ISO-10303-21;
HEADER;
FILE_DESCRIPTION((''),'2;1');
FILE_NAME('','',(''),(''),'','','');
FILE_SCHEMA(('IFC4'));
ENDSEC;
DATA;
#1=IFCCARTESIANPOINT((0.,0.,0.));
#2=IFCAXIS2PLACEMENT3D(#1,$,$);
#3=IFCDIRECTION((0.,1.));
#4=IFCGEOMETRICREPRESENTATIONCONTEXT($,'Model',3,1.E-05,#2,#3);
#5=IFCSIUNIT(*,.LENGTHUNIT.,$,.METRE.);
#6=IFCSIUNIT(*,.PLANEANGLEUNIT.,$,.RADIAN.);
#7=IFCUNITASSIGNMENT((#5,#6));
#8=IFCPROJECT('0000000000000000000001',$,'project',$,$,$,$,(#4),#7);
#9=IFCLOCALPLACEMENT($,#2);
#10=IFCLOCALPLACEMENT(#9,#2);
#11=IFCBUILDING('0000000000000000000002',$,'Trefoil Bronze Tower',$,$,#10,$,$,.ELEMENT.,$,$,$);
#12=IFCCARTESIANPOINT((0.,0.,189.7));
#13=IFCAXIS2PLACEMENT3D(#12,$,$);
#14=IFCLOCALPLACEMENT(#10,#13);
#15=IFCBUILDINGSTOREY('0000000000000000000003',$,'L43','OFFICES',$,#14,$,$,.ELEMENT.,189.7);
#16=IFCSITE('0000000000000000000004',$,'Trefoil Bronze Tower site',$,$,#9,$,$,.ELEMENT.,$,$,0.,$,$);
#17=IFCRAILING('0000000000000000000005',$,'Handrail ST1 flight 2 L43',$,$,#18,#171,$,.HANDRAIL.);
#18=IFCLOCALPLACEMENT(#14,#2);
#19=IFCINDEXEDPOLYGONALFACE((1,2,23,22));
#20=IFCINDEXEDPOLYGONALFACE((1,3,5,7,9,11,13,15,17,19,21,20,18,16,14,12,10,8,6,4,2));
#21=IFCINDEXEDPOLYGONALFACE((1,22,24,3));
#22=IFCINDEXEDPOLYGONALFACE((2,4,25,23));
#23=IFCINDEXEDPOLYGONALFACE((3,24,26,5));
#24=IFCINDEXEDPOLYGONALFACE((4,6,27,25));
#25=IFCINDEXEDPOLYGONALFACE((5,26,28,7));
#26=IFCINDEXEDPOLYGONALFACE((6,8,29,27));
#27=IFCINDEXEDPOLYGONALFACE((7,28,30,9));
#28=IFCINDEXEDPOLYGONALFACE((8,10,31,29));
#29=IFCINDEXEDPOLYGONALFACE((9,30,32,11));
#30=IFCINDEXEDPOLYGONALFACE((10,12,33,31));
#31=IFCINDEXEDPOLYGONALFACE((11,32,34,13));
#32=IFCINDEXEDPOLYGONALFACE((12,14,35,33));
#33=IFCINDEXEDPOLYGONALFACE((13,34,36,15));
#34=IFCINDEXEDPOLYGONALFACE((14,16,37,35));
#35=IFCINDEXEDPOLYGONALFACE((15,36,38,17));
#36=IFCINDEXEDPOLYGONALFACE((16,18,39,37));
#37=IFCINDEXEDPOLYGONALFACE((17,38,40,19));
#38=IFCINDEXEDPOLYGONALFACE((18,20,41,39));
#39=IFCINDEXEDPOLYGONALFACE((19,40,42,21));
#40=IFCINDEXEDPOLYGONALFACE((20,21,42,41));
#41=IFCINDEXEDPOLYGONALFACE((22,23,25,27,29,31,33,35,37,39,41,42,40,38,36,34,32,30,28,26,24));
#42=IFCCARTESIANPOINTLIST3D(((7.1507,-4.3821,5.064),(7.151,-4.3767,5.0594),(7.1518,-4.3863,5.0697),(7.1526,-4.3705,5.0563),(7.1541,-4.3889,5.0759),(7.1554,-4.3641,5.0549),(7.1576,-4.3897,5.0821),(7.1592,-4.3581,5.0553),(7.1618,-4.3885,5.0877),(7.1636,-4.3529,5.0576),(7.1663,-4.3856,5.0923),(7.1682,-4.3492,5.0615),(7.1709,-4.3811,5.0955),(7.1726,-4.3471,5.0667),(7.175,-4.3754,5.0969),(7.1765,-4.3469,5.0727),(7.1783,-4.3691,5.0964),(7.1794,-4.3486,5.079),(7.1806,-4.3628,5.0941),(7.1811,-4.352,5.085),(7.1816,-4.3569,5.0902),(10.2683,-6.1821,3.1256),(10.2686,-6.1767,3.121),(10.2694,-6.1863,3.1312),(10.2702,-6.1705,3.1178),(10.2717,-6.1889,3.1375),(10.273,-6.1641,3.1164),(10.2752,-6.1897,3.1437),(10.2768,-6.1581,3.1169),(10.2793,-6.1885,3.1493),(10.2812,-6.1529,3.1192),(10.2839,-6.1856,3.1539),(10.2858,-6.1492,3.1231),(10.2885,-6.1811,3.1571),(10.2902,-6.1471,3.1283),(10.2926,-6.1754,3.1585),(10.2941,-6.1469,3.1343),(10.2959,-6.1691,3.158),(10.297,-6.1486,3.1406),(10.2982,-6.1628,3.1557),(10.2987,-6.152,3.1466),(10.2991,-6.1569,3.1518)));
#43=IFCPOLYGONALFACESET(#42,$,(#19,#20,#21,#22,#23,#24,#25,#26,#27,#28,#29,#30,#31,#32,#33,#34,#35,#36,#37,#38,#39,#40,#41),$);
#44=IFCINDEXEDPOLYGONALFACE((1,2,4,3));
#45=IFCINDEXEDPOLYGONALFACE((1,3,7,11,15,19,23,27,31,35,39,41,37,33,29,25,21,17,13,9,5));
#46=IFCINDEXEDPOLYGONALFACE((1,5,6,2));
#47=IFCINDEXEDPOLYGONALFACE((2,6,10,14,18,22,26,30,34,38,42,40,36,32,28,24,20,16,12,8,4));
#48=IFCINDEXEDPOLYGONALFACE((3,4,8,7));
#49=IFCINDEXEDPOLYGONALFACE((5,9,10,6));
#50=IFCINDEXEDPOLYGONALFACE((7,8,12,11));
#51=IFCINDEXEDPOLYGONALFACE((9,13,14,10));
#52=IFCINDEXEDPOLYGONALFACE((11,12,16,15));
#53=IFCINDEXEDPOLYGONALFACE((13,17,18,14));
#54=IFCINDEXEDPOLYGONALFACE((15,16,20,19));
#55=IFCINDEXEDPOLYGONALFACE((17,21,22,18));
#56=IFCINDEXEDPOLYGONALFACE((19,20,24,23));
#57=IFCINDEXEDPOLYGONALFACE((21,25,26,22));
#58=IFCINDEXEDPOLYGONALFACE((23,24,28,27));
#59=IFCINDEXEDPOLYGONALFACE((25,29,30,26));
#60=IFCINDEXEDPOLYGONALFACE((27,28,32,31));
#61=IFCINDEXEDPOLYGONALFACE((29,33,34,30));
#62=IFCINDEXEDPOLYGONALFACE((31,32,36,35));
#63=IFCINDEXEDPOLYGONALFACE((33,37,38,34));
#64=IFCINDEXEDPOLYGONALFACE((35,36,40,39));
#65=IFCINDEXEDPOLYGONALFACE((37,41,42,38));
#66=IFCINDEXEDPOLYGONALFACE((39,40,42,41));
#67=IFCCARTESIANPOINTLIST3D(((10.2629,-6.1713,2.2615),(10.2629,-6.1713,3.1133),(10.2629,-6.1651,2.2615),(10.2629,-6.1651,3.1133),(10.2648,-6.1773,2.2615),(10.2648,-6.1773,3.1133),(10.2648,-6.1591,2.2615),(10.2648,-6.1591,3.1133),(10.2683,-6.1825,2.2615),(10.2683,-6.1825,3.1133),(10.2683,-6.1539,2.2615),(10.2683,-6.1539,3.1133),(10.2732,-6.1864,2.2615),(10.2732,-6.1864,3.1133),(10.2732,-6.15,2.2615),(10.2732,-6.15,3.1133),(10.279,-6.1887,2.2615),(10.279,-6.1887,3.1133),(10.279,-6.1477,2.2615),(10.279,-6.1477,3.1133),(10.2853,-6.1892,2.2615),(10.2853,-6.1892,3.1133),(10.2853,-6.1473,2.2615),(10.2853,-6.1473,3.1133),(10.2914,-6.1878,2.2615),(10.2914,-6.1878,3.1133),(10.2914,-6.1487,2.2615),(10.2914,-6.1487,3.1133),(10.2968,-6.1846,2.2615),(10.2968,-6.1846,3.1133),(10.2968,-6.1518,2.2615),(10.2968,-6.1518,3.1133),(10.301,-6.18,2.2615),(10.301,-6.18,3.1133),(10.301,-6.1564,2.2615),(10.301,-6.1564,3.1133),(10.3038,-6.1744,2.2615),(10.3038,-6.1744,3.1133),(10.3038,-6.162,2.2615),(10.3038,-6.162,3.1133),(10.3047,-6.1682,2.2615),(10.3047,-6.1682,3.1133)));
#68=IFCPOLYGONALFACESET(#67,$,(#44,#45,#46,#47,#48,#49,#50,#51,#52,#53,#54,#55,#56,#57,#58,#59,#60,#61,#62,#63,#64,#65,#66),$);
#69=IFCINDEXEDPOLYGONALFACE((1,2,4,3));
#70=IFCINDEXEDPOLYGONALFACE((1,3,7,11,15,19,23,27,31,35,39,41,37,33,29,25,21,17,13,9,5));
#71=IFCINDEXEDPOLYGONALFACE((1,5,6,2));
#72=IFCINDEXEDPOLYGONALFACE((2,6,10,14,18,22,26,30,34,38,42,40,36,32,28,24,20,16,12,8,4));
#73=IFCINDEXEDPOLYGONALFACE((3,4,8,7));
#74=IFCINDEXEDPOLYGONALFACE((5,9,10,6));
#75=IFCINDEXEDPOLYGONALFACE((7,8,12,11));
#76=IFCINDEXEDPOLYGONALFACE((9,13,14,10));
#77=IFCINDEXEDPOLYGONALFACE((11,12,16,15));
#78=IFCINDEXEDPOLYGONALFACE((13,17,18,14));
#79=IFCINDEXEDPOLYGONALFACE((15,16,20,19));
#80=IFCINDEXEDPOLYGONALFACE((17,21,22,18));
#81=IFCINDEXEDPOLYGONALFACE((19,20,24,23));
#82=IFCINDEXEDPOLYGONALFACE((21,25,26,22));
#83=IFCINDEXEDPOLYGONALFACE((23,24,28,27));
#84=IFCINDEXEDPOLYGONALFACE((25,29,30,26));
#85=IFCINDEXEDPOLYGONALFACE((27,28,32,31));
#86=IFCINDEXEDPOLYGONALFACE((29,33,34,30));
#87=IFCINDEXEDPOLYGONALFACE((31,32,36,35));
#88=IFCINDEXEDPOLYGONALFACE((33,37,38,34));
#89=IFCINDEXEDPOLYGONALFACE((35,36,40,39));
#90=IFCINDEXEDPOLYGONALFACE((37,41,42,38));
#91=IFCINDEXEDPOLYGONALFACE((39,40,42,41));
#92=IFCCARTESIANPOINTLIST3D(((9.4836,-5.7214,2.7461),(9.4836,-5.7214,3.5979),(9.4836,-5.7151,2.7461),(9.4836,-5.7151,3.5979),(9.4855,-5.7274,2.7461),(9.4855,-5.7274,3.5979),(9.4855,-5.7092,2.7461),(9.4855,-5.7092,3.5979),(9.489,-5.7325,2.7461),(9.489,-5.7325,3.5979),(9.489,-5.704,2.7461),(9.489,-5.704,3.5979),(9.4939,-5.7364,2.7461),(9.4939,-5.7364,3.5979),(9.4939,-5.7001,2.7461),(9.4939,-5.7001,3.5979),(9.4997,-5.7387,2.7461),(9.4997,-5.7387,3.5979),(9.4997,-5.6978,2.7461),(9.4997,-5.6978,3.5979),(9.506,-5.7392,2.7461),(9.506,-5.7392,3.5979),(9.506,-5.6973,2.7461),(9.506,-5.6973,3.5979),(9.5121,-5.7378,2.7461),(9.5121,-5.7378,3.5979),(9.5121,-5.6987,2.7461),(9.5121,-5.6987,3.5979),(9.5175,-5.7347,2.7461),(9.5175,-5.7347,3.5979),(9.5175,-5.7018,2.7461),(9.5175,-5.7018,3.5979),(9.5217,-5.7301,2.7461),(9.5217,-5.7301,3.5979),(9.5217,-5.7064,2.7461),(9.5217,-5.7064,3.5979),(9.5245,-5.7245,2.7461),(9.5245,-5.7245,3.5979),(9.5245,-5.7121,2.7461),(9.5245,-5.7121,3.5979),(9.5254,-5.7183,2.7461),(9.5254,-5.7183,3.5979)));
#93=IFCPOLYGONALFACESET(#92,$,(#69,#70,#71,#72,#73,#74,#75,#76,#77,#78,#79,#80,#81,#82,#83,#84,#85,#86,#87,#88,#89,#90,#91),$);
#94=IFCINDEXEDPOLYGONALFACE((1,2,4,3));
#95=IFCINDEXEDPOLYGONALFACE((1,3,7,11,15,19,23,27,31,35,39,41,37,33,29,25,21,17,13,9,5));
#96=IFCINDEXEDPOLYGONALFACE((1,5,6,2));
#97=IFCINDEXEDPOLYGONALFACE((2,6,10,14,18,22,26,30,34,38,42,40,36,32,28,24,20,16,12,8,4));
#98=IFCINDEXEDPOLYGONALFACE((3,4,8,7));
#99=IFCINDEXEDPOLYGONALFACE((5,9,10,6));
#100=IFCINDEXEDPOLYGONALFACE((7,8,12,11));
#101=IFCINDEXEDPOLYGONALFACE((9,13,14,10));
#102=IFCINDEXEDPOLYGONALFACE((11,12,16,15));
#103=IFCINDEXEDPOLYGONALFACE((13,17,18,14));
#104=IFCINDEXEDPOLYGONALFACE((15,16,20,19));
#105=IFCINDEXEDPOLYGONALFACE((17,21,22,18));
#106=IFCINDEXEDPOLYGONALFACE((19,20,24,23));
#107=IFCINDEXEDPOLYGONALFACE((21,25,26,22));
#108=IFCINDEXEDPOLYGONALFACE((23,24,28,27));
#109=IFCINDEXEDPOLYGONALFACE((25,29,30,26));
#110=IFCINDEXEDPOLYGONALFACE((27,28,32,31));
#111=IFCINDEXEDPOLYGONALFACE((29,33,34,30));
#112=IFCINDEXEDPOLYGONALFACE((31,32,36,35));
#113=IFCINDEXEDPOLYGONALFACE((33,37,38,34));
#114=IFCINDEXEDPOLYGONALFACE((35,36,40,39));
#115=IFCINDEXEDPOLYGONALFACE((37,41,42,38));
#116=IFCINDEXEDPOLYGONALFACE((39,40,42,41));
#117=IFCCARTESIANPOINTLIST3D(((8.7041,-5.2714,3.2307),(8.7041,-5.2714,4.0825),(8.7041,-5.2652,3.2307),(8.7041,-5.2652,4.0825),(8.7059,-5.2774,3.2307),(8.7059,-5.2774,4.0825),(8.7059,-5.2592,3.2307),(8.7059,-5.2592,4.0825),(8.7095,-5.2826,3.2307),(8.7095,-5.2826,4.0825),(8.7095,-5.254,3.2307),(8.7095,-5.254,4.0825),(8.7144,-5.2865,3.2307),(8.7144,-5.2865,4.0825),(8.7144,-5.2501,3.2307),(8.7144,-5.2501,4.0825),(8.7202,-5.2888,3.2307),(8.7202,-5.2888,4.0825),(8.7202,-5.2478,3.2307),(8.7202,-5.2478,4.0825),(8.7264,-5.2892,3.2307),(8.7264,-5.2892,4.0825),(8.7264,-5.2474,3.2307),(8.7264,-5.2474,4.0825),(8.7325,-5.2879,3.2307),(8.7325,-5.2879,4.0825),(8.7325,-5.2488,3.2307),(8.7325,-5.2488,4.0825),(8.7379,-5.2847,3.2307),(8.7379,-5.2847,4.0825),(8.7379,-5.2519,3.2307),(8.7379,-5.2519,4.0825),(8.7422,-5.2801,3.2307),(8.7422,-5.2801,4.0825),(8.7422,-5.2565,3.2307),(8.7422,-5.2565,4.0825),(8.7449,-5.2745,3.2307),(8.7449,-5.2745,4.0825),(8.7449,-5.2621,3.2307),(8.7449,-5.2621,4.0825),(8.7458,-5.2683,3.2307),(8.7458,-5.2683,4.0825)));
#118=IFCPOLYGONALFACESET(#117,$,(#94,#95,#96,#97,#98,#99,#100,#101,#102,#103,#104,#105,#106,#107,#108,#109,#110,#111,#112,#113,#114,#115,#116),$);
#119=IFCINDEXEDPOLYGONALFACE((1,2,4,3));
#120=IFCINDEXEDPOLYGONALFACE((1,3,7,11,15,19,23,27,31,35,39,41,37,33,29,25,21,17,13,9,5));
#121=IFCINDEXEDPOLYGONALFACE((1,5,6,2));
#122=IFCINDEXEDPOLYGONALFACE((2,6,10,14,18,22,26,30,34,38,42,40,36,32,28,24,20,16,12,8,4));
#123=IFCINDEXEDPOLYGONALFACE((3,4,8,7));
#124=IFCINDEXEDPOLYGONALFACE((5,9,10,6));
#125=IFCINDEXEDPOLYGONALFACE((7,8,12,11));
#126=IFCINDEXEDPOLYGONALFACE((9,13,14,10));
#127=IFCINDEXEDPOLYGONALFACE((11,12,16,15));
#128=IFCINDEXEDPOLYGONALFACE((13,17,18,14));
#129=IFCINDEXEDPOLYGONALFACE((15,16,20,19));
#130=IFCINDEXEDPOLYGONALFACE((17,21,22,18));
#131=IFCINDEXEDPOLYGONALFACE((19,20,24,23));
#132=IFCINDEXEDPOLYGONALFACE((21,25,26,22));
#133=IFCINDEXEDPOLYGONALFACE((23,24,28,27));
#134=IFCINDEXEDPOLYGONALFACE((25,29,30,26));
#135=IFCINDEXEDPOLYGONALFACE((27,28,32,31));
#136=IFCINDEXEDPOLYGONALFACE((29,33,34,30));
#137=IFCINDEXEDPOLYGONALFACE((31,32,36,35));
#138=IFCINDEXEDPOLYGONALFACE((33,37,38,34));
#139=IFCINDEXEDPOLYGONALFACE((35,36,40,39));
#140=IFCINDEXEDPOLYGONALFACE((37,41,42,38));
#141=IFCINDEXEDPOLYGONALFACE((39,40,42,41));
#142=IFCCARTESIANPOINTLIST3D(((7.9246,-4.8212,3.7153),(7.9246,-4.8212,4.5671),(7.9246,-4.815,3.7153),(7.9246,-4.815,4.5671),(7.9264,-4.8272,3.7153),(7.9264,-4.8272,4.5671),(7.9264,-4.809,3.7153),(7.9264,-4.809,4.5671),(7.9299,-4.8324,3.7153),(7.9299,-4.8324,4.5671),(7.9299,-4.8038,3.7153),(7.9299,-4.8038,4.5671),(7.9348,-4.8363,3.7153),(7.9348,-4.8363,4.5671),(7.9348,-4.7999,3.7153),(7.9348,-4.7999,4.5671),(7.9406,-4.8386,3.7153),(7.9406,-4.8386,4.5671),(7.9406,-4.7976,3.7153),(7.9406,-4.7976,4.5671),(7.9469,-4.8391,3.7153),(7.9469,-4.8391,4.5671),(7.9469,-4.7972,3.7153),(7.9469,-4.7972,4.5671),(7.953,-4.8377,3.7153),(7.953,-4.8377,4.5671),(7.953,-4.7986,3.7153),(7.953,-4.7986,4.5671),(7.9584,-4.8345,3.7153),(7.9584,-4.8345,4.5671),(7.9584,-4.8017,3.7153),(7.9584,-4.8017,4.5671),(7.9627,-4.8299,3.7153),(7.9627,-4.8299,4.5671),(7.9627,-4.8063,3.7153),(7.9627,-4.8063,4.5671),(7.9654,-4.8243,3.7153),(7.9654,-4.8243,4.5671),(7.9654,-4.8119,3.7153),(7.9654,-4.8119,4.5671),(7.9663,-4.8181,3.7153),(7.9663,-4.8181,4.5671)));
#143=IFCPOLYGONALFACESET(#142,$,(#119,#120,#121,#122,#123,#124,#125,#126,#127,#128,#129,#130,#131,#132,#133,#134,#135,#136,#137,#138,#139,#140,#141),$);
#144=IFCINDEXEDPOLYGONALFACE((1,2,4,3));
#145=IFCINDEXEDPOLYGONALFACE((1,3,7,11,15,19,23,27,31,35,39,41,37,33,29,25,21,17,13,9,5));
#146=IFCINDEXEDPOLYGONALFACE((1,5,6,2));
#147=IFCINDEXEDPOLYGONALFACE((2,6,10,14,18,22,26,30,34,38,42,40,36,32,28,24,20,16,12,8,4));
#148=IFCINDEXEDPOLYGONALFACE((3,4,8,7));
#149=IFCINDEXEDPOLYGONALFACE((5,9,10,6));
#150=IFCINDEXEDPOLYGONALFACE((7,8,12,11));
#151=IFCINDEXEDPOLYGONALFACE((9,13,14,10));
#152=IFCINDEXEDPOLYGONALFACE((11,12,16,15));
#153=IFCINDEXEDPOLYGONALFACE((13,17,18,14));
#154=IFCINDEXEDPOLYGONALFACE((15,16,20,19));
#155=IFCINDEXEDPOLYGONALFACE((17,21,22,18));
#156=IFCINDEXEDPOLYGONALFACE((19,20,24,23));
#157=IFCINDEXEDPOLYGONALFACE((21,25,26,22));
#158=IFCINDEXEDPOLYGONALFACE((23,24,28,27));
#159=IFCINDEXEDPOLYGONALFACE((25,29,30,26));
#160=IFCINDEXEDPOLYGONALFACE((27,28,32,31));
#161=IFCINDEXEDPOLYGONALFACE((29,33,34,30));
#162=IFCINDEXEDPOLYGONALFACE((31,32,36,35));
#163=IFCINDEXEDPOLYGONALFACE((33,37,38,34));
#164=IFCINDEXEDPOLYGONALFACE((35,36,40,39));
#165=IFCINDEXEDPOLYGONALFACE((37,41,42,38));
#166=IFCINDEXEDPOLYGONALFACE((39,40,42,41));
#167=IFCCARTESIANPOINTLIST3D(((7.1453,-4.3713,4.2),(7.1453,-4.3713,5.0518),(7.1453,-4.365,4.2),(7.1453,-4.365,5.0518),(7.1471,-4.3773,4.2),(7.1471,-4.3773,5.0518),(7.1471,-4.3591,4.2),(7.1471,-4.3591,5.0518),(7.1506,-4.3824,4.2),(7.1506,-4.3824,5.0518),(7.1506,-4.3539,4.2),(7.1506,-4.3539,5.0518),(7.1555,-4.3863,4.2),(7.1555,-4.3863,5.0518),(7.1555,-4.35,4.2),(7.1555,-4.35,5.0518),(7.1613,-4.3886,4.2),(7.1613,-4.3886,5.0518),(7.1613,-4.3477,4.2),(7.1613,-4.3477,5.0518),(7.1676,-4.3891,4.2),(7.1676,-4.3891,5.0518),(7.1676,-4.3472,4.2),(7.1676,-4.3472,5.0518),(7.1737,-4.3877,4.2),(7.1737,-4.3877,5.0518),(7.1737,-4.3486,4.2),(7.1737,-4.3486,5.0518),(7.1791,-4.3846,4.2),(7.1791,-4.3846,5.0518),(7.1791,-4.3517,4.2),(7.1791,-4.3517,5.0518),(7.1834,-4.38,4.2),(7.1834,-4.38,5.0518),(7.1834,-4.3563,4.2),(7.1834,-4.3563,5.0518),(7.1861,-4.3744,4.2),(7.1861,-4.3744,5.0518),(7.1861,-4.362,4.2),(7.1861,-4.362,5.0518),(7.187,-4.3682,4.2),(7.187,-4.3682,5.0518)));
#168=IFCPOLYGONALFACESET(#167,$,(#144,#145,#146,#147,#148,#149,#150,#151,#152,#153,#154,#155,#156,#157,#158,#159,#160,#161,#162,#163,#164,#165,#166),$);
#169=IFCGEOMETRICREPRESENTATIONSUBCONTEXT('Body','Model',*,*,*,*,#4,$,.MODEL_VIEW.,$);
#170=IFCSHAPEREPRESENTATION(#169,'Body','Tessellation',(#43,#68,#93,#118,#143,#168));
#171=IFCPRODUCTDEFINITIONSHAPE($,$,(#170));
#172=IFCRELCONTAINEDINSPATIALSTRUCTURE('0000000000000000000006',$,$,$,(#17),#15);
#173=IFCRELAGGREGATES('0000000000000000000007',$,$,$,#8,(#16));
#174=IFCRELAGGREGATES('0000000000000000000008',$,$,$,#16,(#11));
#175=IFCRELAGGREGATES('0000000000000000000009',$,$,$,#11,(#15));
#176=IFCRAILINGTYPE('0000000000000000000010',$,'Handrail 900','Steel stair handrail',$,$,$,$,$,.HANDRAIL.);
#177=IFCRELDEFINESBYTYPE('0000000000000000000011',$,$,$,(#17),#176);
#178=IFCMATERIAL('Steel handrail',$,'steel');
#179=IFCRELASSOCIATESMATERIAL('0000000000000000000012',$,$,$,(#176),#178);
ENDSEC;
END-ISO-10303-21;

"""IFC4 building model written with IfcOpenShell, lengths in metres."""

from ifc_helpers import new_model, si_unit, direction, frame, origin, origin_2d, place, context, subcontext, project, spatial, circle, extrude, material, type_object, element, save


model = new_model("IFC4")

# Units and contexts
model_context = context("Model", 3, precision=1e-05, world=origin(), true_north=direction((0.0, 1.0)))
body_context = subcontext(model_context, "Body", "Model", "MODEL_VIEW")
ifc_project = project(units=[si_unit("LENGTHUNIT", "METRE"), si_unit("PLANEANGLEUNIT", "RADIAN")], contexts=[model_context])

# Site, building, storey
site_placement = place(None, origin())
site = spatial("IfcSite", under=ifc_project, at=site_placement, Name="Trefoil Bronze Tower site", CompositionType="ELEMENT", RefElevation=0.0)
building_placement = place(site_placement, origin())
building = spatial("IfcBuilding", under=site, at=building_placement, Name="Trefoil Bronze Tower", CompositionType="ELEMENT")
storey_placement = place(building_placement, frame((0.0, 0.0, 189.7)))
storey = spatial("IfcBuildingStorey", under=building, at=storey_placement, Name="L43", Description="OFFICES", CompositionType="ELEMENT", Elevation=189.7)

# Railing
ifc_material_1 = material(Name="Steel handrail", Category="steel")
railing_type = type_object("IfcRailingType", Name="Handrail 900", Description="Steel stair handrail", PredefinedType="HANDRAIL", material=ifc_material_1)
railing_1_placement = place(storey_placement, frame((10.2837, -6.1682, 2.2615)))
element("IfcRailing", 1, at=railing_1_placement, inside=storey, type_object=railing_type, Name="Handrail ST1 flight 2 L43", PredefinedType="HANDRAIL", context=body_context, shape_type="SweptSolid", body=[
    extrude(circle(Radius=0.0239, at=origin_2d()), frame((0.0, 0.0, 0.876), z_axis=(-0.762503, 0.440246, 0.474102), x_axis=(-0.500012, -0.866018, 0.0)), (0.0, 0.0, 1.0), 4.0886),
    extrude(circle(Radius=0.021, at=origin_2d()), origin(), (0.0, 0.0, 1.0), 0.8518),
    extrude(circle(Radius=0.021, at=origin_2d()), frame((-0.7793, 0.45, 0.4846)), (0.0, 0.0, 1.0), 0.8518),
    extrude(circle(Radius=0.021, at=origin_2d()), frame((-1.5588, 0.8999, 0.9692)), (0.0, 0.0, 1.0), 0.8518),
    extrude(circle(Radius=0.021, at=origin_2d()), frame((-2.3384, 1.3501, 1.4539)), (0.0, 0.0, 1.0), 0.8518),
    extrude(circle(Radius=0.021, at=origin_2d()), frame((-3.1177, 1.8, 1.9385)), (0.0, 0.0, 1.0), 0.8518),
])

save(model, "model.ifc")
